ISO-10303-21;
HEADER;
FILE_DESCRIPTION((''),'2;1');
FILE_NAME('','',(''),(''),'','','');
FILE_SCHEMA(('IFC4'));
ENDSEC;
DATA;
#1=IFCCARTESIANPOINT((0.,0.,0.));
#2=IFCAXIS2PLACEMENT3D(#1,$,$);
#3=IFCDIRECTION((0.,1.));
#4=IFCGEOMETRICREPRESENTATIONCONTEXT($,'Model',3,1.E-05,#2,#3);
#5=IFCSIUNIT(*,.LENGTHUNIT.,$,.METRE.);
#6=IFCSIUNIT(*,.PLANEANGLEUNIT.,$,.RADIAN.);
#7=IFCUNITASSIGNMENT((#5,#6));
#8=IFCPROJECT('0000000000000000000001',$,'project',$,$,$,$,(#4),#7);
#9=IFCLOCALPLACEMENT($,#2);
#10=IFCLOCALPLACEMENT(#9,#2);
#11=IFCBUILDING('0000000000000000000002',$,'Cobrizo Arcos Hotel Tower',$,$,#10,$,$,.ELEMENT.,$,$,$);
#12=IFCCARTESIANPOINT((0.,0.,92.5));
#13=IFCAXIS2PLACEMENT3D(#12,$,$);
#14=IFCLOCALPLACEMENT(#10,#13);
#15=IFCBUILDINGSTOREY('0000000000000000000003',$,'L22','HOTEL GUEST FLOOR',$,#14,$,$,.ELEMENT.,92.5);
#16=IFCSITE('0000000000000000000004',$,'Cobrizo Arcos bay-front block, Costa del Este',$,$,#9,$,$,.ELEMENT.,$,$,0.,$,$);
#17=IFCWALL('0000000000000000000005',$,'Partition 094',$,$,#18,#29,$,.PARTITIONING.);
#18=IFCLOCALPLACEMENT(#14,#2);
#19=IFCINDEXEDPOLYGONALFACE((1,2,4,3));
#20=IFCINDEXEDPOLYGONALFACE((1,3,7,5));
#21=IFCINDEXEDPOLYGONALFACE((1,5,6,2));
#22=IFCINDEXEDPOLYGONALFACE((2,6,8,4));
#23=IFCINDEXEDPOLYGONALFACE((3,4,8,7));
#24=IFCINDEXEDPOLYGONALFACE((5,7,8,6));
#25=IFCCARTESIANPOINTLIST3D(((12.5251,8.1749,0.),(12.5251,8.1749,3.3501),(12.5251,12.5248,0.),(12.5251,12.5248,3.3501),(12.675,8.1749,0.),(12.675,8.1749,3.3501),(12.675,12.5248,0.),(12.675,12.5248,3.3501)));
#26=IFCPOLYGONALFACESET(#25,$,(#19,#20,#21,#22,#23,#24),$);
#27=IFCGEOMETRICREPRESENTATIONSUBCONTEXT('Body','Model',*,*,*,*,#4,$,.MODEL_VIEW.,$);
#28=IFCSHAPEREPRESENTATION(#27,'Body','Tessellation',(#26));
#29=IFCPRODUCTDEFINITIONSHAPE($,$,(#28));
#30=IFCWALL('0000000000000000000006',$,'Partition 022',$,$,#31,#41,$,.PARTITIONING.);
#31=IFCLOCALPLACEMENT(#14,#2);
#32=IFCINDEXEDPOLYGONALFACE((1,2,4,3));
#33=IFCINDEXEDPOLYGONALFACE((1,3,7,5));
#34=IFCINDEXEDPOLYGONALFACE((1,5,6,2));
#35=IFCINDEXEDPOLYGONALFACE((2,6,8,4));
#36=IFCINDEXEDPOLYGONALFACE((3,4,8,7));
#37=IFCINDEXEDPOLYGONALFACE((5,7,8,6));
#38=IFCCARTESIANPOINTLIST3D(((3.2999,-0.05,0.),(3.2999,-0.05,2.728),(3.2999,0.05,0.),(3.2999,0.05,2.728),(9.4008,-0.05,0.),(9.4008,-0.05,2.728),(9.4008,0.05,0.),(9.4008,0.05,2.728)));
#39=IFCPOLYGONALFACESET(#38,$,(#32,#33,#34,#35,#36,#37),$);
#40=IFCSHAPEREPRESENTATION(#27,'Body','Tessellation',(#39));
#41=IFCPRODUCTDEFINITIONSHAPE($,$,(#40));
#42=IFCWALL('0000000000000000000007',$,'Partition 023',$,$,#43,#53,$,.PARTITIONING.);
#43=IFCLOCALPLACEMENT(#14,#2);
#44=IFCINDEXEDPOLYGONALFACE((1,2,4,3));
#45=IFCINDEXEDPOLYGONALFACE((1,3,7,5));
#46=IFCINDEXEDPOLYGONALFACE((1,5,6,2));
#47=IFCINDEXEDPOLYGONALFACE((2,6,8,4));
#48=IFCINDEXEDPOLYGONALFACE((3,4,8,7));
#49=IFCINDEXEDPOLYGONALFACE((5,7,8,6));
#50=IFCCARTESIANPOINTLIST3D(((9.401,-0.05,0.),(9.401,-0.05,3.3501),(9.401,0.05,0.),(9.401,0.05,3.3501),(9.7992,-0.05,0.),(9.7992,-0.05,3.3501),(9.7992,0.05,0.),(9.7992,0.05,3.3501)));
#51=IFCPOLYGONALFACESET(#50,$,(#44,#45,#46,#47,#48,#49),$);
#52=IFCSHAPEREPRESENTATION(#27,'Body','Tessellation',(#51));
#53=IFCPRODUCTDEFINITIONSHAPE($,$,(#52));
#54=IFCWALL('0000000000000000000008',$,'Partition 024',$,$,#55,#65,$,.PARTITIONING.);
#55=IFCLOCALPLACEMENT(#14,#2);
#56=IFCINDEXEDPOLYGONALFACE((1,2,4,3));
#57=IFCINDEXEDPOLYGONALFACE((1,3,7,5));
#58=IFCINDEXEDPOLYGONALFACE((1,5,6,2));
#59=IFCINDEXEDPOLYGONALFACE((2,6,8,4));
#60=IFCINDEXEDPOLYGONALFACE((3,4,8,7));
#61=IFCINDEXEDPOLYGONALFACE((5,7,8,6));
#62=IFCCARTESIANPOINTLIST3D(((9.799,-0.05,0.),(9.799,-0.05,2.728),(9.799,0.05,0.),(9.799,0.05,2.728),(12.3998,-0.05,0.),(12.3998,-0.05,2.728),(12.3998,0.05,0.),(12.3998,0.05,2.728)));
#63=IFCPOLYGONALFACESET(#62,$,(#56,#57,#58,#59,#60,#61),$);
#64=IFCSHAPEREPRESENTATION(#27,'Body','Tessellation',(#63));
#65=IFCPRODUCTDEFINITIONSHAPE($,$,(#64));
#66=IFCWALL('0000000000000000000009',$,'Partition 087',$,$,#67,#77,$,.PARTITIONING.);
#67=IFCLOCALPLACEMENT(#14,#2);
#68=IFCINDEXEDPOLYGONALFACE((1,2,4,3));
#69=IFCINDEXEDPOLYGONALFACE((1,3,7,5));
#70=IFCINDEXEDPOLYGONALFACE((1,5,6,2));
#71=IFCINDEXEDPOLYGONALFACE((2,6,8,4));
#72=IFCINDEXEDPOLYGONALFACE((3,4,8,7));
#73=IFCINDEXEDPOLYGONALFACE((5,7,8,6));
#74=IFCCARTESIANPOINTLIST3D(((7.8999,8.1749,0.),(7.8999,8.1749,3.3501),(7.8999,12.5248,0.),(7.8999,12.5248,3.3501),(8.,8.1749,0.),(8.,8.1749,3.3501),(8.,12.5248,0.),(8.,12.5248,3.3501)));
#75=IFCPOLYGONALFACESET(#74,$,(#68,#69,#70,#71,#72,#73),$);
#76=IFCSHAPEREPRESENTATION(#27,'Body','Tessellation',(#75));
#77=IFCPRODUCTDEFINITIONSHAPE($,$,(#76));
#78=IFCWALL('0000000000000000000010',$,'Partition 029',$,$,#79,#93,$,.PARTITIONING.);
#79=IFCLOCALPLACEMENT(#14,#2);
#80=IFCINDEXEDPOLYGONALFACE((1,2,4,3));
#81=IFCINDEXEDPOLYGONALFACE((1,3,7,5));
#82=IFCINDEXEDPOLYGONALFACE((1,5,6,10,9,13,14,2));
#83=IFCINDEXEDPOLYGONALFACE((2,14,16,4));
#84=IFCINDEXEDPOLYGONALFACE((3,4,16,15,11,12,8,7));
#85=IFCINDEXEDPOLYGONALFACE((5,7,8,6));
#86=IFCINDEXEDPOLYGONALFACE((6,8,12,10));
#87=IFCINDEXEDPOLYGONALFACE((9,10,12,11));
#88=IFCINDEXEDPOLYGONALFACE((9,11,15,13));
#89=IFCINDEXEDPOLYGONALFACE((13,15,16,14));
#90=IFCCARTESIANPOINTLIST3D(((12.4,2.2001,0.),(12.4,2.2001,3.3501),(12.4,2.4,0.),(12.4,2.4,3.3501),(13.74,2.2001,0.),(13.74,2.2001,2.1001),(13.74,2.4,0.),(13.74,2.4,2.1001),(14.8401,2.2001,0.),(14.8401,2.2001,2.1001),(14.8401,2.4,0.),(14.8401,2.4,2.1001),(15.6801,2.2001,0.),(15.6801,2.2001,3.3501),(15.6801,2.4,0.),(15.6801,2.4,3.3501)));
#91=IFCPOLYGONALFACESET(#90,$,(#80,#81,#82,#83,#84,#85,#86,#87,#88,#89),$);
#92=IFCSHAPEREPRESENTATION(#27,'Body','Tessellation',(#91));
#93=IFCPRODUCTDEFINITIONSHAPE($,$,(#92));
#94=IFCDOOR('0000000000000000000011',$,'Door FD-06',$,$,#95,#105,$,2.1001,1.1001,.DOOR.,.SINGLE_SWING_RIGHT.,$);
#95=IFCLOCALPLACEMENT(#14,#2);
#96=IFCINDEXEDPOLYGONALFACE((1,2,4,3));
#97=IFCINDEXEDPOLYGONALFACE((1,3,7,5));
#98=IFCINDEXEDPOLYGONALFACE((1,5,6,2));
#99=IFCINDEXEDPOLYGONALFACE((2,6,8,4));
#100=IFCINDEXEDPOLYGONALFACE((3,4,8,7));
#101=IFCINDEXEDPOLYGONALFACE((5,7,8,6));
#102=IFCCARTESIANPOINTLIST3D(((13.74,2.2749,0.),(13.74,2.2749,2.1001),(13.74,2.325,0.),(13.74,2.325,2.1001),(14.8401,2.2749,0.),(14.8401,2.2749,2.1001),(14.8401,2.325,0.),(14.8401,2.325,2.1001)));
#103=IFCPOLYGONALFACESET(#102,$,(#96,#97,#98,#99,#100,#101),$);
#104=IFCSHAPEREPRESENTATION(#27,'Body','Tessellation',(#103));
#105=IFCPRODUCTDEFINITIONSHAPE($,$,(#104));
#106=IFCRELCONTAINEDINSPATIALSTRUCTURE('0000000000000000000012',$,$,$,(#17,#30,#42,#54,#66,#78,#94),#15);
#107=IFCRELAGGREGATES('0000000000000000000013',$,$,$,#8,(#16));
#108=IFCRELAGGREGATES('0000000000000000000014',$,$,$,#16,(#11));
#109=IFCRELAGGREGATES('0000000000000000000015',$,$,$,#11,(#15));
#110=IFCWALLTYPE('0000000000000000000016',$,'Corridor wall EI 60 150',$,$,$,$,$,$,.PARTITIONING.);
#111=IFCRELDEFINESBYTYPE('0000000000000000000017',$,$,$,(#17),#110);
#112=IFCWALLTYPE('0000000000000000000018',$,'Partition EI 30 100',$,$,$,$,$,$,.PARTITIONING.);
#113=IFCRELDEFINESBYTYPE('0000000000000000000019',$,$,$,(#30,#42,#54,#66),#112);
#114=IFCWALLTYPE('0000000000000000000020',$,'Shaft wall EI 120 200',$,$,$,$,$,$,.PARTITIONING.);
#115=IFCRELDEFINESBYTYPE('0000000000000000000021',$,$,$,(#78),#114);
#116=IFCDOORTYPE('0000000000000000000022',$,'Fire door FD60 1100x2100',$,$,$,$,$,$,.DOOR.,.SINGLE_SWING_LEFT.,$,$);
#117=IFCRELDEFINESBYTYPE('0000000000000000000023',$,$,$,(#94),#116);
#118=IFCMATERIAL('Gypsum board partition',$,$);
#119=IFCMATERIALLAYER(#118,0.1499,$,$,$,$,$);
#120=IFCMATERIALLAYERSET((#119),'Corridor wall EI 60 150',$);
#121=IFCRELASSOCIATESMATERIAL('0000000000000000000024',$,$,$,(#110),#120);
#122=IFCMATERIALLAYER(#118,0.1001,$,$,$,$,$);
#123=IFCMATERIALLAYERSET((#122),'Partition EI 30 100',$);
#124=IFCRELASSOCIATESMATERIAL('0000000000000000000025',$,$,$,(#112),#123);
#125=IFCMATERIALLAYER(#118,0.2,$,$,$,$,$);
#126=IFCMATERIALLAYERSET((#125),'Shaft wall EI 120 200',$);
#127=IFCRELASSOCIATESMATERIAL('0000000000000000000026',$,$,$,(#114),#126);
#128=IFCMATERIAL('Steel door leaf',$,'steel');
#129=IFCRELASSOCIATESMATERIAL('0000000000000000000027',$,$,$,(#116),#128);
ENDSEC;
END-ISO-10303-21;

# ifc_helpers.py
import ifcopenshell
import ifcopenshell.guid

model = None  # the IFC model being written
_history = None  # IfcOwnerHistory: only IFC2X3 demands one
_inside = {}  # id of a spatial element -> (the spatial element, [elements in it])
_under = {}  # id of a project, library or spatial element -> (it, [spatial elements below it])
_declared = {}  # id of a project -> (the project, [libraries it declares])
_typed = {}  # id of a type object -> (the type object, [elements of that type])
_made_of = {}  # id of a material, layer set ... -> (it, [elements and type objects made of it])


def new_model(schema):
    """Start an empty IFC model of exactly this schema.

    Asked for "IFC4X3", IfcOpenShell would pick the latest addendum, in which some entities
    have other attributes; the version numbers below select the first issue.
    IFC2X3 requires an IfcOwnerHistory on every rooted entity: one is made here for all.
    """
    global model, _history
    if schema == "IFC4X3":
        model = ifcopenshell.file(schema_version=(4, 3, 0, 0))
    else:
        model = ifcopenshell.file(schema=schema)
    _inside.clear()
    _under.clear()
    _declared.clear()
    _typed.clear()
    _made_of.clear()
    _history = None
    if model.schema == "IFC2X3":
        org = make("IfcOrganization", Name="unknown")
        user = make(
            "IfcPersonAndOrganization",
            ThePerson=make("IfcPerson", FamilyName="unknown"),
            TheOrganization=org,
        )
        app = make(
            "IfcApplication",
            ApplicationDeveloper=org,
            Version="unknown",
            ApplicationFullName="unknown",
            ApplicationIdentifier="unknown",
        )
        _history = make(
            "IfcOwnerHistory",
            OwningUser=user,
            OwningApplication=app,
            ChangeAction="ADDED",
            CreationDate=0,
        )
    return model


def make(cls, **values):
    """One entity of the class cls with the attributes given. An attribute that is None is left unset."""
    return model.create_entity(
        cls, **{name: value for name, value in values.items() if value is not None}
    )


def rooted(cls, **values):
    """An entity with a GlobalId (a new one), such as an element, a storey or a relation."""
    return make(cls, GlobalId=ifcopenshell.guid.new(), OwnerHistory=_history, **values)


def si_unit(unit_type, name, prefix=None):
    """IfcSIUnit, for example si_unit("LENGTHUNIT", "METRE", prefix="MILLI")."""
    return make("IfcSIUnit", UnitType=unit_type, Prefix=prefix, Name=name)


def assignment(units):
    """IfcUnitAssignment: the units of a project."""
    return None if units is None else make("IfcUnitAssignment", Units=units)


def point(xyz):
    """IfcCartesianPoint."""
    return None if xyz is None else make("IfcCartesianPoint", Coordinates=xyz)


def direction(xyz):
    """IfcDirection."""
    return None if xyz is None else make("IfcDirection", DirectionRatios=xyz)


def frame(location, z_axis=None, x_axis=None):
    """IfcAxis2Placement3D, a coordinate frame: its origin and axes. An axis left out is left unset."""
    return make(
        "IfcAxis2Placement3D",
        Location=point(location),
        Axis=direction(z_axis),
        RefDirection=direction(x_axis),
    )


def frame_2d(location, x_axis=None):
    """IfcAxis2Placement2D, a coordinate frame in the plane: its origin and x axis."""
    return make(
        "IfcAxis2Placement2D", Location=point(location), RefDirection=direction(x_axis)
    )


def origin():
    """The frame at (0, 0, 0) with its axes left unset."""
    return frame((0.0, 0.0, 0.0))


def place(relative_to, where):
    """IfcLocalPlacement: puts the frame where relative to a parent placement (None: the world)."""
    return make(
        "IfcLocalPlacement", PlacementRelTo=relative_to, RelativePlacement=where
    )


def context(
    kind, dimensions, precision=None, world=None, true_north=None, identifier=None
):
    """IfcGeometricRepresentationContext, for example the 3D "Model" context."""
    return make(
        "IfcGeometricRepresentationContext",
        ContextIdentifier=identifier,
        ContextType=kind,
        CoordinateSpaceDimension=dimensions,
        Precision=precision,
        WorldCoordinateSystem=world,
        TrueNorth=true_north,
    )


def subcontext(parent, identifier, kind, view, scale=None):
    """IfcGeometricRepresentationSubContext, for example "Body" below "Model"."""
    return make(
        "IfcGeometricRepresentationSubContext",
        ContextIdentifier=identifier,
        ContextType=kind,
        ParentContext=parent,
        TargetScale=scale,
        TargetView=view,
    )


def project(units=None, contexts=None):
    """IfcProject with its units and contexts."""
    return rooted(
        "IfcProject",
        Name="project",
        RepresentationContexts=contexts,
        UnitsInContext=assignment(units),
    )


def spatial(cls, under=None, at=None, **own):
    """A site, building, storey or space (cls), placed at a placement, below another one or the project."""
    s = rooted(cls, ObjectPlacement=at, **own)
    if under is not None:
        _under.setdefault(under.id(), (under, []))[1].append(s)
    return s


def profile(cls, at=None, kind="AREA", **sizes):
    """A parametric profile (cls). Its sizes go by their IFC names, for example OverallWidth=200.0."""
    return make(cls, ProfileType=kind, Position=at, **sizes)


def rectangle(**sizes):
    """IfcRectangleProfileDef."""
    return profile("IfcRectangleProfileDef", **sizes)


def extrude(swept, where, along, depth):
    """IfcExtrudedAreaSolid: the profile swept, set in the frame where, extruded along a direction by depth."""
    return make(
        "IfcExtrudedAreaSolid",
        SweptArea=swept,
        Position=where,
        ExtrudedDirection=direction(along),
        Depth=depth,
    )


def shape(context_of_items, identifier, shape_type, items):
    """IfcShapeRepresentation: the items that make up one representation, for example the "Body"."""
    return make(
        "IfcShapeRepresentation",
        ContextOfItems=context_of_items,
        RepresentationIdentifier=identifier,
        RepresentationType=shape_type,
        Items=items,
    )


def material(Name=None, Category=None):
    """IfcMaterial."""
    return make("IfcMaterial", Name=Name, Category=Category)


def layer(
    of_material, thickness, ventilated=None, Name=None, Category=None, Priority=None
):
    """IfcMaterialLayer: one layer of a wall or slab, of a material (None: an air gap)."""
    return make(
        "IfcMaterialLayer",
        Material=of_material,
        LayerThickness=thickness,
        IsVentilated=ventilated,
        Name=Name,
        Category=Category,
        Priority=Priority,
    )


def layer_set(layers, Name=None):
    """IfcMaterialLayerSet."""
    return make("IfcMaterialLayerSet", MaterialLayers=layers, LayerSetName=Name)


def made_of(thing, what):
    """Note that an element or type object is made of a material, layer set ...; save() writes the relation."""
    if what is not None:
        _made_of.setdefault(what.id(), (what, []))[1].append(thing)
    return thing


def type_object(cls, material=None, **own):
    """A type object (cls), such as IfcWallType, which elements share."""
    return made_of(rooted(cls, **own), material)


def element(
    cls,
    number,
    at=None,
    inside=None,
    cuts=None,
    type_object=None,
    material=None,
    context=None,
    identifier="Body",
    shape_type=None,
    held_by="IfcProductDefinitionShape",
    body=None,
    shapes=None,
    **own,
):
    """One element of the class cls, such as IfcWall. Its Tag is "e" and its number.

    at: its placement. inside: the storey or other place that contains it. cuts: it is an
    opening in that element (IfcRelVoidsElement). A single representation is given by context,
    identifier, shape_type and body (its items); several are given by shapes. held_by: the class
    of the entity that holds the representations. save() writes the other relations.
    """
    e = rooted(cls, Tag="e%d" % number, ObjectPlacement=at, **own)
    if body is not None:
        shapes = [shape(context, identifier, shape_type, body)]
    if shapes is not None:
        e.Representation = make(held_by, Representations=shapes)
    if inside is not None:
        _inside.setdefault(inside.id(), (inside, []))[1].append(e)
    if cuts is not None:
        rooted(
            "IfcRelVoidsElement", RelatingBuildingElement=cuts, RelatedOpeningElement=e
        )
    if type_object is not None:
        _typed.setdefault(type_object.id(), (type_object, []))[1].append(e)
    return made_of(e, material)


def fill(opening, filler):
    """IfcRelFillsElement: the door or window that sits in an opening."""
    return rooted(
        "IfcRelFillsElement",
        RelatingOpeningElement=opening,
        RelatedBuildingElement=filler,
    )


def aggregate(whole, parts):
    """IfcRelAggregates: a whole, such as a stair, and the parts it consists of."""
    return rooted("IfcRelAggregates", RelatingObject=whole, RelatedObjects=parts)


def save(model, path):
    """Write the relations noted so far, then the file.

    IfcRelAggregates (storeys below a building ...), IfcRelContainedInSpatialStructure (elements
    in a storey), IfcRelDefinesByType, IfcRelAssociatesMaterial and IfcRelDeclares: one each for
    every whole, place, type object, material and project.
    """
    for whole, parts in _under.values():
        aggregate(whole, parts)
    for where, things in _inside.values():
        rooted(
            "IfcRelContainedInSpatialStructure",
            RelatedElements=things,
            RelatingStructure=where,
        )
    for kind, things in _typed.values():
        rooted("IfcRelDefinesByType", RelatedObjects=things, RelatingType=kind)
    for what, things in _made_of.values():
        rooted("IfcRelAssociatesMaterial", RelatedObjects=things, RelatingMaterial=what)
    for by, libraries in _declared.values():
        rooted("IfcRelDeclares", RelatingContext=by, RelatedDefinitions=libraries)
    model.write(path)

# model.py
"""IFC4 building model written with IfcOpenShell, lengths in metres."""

from ifc_helpers import new_model, si_unit, direction, frame, frame_2d, origin, place, context, subcontext, project, spatial, rectangle, extrude, material, layer, layer_set, type_object, element, fill, save


model = new_model("IFC4")

# Units and contexts
model_context = context("Model", 3, precision=1e-05, world=origin(), true_north=direction((0.0, 1.0)))
body_context = subcontext(model_context, "Body", "Model", "MODEL_VIEW")
ifc_project = project(units=[si_unit("LENGTHUNIT", "METRE"), si_unit("PLANEANGLEUNIT", "RADIAN")], contexts=[model_context])

# Site, building, storey
site_placement = place(None, origin())
site = spatial("IfcSite", under=ifc_project, at=site_placement, Name="Cobrizo Arcos bay-front block, Costa del Este", CompositionType="ELEMENT", RefElevation=0.0)
building_placement = place(site_placement, origin())
building = spatial("IfcBuilding", under=site, at=building_placement, Name="Cobrizo Arcos Hotel Tower", CompositionType="ELEMENT")
storey_placement = place(building_placement, frame((0.0, 0.0, 92.5)))
storey = spatial("IfcBuildingStorey", under=building, at=storey_placement, Name="L22", Description="HOTEL GUEST FLOOR", CompositionType="ELEMENT", Elevation=92.5)

# Shared definitions
ifc_material_1 = material(Name="Gypsum board partition")
ifc_layer_1 = layer(ifc_material_1, 0.1499)
ifc_layer_set_1 = layer_set([ifc_layer_1], Name="Corridor wall EI 60 150")
wall_type_1 = type_object("IfcWallType", Name="Corridor wall EI 60 150", PredefinedType="PARTITIONING", material=ifc_layer_set_1)

# Walls
wall_1_placement = place(storey_placement, frame((12.6001, 8.175, 0.0), z_axis=(0.0, 0.0, 1.0), x_axis=(0.0, 1.0, 0.0)))
element("IfcWall", 1, at=wall_1_placement, inside=storey, type_object=wall_type_1, Name="Partition 094", PredefinedType="PARTITIONING", context=body_context, shape_type="SweptSolid", body=[
    extrude(rectangle(XDim=4.3499, YDim=0.1499, at=frame_2d((2.1748, 0.0))), origin(), (0.0, 0.0, 1.0), 3.3501),
])
ifc_layer_2 = layer(ifc_material_1, 0.1001)
ifc_layer_set_2 = layer_set([ifc_layer_2], Name="Partition EI 30 100")
wall_type_2 = type_object("IfcWallType", Name="Partition EI 30 100", PredefinedType="PARTITIONING", material=ifc_layer_set_2)
wall_2_placement = place(storey_placement, frame((3.3, 0.0, 0.0), z_axis=(0.0, 0.0, 1.0), x_axis=(1.0, 0.0, 0.0)))
element("IfcWall", 2, at=wall_2_placement, inside=storey, type_object=wall_type_2, Name="Partition 022", PredefinedType="PARTITIONING", context=body_context, shape_type="SweptSolid", body=[
    extrude(rectangle(XDim=6.1008, YDim=0.1001, at=frame_2d((3.0503, 0.0))), origin(), (0.0, 0.0, 1.0), 2.728),
])
wall_3_placement = place(storey_placement, frame((9.4009, 0.0, 0.0), z_axis=(0.0, 0.0, 1.0), x_axis=(1.0, 0.0, 0.0)))
element("IfcWall", 3, at=wall_3_placement, inside=storey, type_object=wall_type_2, Name="Partition 023", PredefinedType="PARTITIONING", context=body_context, shape_type="SweptSolid", body=[
    extrude(rectangle(XDim=0.3982, YDim=0.1001, at=frame_2d((0.1992, 0.0))), origin(), (0.0, 0.0, 1.0), 3.3501),
])
wall_4_placement = place(storey_placement, frame((9.7991, 0.0, 0.0), z_axis=(0.0, 0.0, 1.0), x_axis=(1.0, 0.0, 0.0)))
element("IfcWall", 4, at=wall_4_placement, inside=storey, type_object=wall_type_2, Name="Partition 024", PredefinedType="PARTITIONING", context=body_context, shape_type="SweptSolid", body=[
    extrude(rectangle(XDim=2.6008, YDim=0.1001, at=frame_2d((1.3003, 0.0))), origin(), (0.0, 0.0, 1.0), 2.728),
])
wall_5_placement = place(storey_placement, frame((7.95, 8.175, 0.0), z_axis=(0.0, 0.0, 1.0), x_axis=(0.0, 1.0, 0.0)))
element("IfcWall", 5, at=wall_5_placement, inside=storey, type_object=wall_type_2, Name="Partition 087", PredefinedType="PARTITIONING", context=body_context, shape_type="SweptSolid", body=[
    extrude(rectangle(XDim=4.3499, YDim=0.1001, at=frame_2d((2.1748, 0.0))), origin(), (0.0, 0.0, 1.0), 3.3501),
])

# Wall, opening, door
ifc_layer_3 = layer(ifc_material_1, 0.2)
ifc_layer_set_3 = layer_set([ifc_layer_3], Name="Shaft wall EI 120 200")
wall_type_3 = type_object("IfcWallType", Name="Shaft wall EI 120 200", PredefinedType="PARTITIONING", material=ifc_layer_set_3)
wall_6_placement = place(storey_placement, frame((12.3999, 2.3, 0.0), z_axis=(0.0, 0.0, 1.0), x_axis=(1.0, 0.0, 0.0)))
wall_6 = element("IfcWall", 6, at=wall_6_placement, inside=storey, type_object=wall_type_3, Name="Partition 029", PredefinedType="PARTITIONING", context=body_context, shape_type="SweptSolid", body=[
    extrude(rectangle(XDim=3.28, YDim=0.2, at=frame_2d((1.6401, 0.0))), origin(), (0.0, 0.0, 1.0), 3.3501),
])
opening_1_placement = place(wall_6_placement, frame((1.3401, 0.0, 0.0)))
opening_1 = element("IfcOpeningElement", 7, at=opening_1_placement, cuts=wall_6, PredefinedType="OPENING", context=body_context, shape_type="SweptSolid", body=[
    extrude(rectangle(XDim=1.1001, YDim=2.1001, at=frame_2d((0.55, 1.05))), frame((0.0, 0.1121, 0.0), z_axis=(0.0, -1.0, 0.0), x_axis=(1.0, 0.0, 0.0)), (0.0, 0.0, 1.0), 0.2239),
])
ifc_material_2 = material(Name="Steel door leaf", Category="steel")
door_type_1 = type_object("IfcDoorType", Name="Fire door FD60 1100x2100", OperationType="SINGLE_SWING_LEFT", PredefinedType="DOOR", material=ifc_material_2)
door_1_placement = place(opening_1_placement, origin())
door_1 = element("IfcDoor", 8, at=door_1_placement, inside=storey, type_object=door_type_1, Name="Door FD-06", OperationType="SINGLE_SWING_RIGHT", OverallHeight=2.1001, OverallWidth=1.1001, PredefinedType="DOOR", context=body_context, shape_type="SweptSolid", body=[
    extrude(rectangle(XDim=1.1001, YDim=2.1001, at=frame_2d((0.55, 1.05))), frame((0.0, 0.0249, 0.0), z_axis=(0.0, -1.0, 0.0), x_axis=(1.0, 0.0, 0.0)), (0.0, 0.0, 1.0), 0.05),
])
fill(opening_1, door_1)

save(model, "model.ifc")
